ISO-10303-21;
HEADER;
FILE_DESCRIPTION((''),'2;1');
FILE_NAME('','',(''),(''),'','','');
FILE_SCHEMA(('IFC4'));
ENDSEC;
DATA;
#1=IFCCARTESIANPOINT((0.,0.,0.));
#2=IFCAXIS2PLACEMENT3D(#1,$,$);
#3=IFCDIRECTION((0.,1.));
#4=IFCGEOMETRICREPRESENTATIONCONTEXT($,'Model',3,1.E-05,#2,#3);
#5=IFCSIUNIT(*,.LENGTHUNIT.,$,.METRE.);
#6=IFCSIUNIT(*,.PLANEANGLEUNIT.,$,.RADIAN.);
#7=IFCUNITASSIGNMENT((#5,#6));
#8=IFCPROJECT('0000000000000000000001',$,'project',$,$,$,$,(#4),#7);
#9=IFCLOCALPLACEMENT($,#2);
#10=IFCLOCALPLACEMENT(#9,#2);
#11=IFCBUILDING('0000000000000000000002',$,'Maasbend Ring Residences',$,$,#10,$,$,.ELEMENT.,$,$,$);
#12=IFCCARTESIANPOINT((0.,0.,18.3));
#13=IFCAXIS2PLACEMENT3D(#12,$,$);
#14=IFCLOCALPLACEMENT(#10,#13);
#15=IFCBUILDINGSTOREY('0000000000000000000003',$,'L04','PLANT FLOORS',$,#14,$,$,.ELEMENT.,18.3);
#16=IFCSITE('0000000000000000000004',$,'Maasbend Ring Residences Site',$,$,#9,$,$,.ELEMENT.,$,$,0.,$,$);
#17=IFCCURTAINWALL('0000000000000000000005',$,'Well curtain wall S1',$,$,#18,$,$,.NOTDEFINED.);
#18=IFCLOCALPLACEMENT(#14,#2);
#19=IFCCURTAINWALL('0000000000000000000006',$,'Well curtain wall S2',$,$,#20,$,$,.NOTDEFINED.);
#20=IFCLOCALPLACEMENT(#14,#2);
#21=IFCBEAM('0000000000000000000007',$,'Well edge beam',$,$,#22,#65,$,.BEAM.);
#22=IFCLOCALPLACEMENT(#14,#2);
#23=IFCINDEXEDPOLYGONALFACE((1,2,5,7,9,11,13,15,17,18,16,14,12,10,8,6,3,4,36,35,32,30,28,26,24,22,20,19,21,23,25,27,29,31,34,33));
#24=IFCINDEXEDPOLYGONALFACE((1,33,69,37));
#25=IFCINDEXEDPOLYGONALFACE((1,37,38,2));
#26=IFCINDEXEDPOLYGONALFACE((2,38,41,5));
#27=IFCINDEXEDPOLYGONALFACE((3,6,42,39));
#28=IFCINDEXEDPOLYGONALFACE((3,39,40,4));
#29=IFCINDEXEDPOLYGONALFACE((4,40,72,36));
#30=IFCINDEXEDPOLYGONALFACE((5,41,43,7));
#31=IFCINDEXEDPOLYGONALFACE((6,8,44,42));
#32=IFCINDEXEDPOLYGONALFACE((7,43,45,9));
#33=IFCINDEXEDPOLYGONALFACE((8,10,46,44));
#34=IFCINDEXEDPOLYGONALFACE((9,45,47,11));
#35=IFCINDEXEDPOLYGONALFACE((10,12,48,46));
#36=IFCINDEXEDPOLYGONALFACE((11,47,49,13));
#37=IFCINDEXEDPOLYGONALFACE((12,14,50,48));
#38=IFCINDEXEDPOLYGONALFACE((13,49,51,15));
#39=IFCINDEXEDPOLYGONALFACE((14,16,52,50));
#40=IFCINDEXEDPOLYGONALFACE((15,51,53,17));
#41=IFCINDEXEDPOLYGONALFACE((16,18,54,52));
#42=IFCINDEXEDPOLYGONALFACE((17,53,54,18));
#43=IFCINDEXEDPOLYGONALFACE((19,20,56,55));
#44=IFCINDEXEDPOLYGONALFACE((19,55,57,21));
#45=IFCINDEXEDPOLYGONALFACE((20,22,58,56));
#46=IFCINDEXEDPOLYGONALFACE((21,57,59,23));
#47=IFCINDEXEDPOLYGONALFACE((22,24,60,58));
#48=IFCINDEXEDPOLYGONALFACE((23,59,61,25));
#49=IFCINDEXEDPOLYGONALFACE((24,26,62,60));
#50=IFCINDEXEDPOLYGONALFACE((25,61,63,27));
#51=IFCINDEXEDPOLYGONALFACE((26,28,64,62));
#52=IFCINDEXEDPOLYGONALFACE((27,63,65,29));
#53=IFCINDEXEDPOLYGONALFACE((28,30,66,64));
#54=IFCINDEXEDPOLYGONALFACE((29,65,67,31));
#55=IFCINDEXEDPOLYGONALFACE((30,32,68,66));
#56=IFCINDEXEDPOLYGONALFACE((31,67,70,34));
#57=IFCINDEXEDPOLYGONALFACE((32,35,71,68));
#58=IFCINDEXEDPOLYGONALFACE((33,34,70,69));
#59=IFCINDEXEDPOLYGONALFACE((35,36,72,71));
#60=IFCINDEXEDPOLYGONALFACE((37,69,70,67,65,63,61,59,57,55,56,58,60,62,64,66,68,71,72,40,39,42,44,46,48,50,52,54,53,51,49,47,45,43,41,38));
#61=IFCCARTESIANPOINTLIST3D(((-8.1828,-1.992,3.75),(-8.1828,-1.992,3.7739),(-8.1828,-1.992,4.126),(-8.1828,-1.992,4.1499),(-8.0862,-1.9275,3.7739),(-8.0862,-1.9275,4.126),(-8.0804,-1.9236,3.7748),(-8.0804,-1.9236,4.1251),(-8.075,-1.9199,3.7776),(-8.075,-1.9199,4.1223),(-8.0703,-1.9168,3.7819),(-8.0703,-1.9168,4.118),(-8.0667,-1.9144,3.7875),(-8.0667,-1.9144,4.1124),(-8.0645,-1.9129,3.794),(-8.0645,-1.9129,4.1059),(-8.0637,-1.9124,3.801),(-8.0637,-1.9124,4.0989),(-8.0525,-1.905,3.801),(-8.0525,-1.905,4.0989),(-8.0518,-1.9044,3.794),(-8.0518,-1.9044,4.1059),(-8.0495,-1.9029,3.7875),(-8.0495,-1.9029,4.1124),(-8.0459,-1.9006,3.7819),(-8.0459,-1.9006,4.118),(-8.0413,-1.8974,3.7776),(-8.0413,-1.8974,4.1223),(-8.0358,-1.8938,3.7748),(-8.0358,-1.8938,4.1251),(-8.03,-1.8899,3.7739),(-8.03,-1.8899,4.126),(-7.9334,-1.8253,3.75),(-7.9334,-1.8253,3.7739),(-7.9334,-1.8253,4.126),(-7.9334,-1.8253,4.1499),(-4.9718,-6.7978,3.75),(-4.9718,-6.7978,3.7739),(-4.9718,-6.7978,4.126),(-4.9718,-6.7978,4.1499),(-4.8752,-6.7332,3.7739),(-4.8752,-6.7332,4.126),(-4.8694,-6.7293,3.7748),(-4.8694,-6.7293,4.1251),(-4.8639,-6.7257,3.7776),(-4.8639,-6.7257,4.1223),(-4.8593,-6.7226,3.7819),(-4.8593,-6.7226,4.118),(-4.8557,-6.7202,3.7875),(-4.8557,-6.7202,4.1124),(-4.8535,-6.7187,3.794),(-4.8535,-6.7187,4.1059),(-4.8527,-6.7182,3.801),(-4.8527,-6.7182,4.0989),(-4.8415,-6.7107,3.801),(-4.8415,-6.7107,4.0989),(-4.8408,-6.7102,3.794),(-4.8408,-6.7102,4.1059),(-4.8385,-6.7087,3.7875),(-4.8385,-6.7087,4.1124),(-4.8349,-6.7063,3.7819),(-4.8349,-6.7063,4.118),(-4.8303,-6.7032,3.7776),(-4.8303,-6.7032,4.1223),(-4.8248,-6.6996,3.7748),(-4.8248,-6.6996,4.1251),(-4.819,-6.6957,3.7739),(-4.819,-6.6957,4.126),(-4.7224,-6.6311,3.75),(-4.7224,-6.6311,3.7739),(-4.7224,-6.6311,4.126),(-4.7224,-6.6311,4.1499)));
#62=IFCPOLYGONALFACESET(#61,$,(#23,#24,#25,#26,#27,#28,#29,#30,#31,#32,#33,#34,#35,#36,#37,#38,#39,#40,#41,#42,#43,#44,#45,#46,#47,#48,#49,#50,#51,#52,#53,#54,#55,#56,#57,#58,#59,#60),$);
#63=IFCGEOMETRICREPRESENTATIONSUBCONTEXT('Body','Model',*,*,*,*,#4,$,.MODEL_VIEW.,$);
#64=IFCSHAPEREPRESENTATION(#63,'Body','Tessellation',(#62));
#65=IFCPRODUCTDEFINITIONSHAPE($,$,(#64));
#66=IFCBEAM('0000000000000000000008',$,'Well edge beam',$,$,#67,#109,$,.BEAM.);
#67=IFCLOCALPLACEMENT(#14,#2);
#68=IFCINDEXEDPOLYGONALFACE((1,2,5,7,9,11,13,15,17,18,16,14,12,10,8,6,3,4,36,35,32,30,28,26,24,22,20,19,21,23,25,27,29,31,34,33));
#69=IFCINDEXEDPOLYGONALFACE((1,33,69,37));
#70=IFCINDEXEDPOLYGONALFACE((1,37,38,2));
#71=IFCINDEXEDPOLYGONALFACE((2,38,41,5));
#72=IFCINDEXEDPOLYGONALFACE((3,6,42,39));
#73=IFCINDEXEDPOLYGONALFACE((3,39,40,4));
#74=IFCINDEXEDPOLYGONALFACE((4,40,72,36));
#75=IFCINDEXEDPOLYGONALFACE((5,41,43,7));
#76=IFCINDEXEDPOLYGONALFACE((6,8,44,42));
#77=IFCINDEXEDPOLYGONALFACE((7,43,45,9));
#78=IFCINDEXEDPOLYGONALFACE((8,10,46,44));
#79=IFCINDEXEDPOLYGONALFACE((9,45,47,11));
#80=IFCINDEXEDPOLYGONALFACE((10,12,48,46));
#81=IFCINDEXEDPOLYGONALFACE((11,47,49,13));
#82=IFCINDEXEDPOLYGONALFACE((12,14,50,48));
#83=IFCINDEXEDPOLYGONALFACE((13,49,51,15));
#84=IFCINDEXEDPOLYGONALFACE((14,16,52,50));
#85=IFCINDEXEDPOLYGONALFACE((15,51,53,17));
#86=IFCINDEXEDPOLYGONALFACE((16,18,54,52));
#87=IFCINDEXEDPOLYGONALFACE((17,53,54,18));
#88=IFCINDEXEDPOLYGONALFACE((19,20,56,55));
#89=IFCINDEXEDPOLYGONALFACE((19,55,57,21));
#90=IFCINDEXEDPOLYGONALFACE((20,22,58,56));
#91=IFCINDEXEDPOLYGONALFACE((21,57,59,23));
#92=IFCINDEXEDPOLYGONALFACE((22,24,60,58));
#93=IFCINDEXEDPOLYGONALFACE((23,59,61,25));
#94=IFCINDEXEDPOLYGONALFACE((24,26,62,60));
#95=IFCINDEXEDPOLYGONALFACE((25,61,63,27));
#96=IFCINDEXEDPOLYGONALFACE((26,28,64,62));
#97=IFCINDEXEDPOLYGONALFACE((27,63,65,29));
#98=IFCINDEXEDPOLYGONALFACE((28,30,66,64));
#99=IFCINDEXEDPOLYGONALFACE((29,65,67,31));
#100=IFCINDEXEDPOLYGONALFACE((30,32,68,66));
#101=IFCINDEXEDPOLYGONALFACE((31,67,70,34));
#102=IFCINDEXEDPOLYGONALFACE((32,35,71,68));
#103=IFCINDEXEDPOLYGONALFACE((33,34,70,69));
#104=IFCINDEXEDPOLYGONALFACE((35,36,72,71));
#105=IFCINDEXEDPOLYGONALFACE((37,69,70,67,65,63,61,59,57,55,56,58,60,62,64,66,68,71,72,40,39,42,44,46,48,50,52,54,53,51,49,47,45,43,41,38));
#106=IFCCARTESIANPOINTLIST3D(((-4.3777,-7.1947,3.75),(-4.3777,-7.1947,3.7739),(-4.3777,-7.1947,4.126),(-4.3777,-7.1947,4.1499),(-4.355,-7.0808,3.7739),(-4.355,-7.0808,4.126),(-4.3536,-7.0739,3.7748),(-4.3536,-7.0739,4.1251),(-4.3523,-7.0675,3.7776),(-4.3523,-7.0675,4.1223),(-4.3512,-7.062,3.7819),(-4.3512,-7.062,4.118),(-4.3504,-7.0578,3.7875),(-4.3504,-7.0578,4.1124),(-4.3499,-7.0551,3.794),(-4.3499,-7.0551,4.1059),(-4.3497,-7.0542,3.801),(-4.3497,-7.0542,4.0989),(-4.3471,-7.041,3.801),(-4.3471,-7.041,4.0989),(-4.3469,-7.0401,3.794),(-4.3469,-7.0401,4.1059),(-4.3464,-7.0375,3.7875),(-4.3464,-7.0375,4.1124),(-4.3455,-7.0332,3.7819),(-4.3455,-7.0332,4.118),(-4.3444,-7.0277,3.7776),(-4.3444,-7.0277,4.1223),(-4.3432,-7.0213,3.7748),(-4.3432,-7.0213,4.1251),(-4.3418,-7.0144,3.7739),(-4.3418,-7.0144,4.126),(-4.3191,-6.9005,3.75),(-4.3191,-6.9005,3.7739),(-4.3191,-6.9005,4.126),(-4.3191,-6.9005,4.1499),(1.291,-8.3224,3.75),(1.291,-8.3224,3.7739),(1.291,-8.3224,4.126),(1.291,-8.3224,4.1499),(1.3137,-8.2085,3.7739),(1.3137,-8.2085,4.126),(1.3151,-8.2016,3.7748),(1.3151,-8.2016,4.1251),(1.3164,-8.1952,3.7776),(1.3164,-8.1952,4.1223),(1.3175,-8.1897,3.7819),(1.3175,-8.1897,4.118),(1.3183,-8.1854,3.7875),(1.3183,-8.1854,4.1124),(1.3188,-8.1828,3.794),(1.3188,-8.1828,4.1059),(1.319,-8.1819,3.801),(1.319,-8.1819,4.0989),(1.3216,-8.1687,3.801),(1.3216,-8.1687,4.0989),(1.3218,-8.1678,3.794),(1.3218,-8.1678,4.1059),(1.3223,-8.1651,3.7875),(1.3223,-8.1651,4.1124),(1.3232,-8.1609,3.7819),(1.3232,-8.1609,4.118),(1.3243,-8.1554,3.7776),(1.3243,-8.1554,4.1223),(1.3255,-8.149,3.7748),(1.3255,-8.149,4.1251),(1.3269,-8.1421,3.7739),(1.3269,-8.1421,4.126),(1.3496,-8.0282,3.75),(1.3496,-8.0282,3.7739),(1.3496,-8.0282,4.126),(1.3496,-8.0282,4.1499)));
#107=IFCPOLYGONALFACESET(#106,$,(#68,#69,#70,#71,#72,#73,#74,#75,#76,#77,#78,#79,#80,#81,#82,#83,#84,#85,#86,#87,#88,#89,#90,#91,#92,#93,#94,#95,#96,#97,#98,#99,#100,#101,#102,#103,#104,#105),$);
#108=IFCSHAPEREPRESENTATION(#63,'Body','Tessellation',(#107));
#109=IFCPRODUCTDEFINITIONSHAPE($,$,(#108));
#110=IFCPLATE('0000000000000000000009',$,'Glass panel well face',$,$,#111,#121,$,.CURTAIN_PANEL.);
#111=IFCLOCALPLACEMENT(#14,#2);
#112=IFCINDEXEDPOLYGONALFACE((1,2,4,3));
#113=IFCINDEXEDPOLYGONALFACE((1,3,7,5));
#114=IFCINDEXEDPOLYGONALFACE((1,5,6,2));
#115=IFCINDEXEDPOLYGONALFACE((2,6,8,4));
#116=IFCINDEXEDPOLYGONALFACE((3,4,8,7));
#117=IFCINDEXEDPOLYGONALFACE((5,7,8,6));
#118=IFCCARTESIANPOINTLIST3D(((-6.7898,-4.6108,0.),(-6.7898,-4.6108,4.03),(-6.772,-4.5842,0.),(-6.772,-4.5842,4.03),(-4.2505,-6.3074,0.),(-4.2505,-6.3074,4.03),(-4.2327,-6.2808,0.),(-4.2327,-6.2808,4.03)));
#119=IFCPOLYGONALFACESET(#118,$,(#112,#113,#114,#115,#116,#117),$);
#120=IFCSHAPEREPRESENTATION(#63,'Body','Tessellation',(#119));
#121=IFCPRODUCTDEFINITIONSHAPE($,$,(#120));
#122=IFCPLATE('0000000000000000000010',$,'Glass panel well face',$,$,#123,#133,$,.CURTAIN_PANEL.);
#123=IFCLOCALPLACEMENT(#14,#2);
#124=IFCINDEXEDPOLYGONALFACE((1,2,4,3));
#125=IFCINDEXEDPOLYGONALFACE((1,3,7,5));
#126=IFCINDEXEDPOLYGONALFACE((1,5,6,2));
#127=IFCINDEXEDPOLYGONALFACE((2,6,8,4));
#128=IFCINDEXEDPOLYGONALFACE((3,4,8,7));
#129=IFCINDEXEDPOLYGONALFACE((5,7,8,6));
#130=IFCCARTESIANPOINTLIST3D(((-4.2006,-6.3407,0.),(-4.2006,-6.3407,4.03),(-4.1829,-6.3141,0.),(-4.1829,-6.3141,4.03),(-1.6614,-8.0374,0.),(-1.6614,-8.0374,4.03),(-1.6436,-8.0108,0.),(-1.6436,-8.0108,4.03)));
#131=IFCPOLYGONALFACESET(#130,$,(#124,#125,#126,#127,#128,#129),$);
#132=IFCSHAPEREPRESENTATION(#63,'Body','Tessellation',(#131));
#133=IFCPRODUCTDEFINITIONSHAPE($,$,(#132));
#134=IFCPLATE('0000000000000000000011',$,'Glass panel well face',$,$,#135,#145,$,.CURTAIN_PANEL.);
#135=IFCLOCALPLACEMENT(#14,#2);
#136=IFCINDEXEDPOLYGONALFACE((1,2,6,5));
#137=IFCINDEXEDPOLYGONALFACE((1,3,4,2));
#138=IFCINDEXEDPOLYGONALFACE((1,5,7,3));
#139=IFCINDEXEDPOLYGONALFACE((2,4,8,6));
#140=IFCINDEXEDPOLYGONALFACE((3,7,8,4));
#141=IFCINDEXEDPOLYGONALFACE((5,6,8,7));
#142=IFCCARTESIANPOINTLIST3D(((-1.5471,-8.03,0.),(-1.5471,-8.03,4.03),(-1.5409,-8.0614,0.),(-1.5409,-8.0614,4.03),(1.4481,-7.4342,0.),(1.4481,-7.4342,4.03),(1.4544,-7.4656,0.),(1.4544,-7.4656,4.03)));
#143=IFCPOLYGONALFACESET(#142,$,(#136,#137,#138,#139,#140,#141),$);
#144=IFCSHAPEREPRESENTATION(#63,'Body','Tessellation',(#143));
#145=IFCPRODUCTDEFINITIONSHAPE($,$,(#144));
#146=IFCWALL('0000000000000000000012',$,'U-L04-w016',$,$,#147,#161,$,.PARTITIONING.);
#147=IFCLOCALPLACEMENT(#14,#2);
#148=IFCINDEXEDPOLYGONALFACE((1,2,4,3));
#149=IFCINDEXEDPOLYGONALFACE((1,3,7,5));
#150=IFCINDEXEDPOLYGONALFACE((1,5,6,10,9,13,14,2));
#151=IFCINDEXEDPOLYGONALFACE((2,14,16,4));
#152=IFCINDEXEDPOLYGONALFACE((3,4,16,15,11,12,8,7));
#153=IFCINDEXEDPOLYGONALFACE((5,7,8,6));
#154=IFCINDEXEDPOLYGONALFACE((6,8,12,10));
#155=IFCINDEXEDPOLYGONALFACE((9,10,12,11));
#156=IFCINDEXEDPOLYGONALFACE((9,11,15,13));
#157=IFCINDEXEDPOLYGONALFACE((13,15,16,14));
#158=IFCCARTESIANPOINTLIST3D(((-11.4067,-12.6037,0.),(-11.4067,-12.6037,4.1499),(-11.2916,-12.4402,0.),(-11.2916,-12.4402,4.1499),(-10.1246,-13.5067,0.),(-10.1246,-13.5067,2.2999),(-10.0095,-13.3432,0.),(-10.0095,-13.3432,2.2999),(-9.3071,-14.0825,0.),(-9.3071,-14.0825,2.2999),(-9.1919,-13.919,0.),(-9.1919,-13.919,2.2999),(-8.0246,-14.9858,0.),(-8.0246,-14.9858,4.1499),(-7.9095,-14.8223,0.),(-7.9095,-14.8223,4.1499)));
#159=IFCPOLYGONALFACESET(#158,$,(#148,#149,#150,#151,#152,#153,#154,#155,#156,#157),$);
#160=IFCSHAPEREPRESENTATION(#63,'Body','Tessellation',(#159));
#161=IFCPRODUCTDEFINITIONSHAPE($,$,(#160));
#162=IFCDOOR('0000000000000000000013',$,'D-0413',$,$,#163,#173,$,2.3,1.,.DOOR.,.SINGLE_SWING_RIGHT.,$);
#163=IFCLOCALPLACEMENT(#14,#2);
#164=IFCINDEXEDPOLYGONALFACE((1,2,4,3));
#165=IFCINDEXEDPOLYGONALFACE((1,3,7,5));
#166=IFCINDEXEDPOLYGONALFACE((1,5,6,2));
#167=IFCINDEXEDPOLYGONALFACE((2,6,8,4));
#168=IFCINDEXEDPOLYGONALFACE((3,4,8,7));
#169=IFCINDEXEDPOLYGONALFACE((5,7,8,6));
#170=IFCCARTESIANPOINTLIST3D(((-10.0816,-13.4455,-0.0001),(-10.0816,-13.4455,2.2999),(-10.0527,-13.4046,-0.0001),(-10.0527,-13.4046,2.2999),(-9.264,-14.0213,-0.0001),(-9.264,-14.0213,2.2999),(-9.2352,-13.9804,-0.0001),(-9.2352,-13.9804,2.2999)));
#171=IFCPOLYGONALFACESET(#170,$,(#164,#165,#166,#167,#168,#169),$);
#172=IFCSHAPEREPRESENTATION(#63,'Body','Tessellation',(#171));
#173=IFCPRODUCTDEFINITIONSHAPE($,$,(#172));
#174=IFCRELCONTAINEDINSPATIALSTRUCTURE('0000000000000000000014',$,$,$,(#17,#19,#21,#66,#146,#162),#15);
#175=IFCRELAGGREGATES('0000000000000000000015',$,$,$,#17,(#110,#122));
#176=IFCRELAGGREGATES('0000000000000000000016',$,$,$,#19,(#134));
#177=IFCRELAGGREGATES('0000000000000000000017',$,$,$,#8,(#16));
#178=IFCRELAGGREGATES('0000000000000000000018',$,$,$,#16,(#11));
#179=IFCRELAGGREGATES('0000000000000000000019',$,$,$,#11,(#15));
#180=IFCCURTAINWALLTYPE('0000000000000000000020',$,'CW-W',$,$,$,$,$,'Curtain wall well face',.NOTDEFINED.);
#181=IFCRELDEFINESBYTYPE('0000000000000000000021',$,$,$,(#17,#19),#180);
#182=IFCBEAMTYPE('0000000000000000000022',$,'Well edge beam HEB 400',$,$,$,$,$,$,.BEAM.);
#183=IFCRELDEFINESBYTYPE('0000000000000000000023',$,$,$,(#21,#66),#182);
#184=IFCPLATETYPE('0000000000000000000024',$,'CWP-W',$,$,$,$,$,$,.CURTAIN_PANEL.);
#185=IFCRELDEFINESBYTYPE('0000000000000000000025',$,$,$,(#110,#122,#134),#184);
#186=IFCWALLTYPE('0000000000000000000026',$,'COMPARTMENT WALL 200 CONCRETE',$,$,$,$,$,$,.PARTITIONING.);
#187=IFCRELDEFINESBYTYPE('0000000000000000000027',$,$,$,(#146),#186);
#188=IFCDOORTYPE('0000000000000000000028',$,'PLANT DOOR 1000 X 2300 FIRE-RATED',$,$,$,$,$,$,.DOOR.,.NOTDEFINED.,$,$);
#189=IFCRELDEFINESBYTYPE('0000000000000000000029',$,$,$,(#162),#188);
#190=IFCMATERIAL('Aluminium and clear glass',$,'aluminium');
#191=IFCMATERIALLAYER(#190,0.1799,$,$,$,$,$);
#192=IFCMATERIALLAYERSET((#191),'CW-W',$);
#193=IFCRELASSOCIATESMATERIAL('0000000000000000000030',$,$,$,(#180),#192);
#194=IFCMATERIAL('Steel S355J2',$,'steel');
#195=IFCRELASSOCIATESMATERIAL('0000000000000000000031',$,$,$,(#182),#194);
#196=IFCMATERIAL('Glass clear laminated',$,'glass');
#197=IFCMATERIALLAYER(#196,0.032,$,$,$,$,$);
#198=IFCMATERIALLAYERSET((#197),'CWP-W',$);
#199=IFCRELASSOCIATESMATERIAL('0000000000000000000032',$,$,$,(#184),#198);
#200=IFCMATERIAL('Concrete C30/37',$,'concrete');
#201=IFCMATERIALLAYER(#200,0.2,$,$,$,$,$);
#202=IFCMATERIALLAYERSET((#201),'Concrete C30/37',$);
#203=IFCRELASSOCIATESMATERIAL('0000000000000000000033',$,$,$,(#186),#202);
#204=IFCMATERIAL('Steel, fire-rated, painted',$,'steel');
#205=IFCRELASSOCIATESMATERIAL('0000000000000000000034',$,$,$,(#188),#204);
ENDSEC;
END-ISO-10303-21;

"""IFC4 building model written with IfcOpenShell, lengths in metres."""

from ifc_helpers import new_model, si_unit, direction, frame, frame_2d, origin, origin_2d, place, context, subcontext, project, spatial, rectangle, i_section, extrude, material, layer, layer_set, material_profile, profile_set, type_object, element, fill, aggregate, save


model = new_model("IFC4")

# Units and contexts
model_context = context("Model", 3, precision=1e-05, world=origin(), true_north=direction((0.0, 1.0)))
body_context = subcontext(model_context, "Body", "Model", "MODEL_VIEW")
ifc_project = project(units=[si_unit("LENGTHUNIT", "METRE"), si_unit("PLANEANGLEUNIT", "RADIAN")], contexts=[model_context])

# Site, building, storey
site_placement = place(None, origin())
site = spatial("IfcSite", under=ifc_project, at=site_placement, Name="Maasbend Ring Residences Site", CompositionType="ELEMENT", RefElevation=0.0)
building_placement = place(site_placement, origin())
building = spatial("IfcBuilding", under=site, at=building_placement, Name="Maasbend Ring Residences", CompositionType="ELEMENT")
storey_placement = place(building_placement, frame((0.0, 0.0, 18.3)))
storey = spatial("IfcBuildingStorey", under=building, at=storey_placement, Name="L04", Description="PLANT FLOORS", CompositionType="ELEMENT", Elevation=18.3)

# Curtain wall
ifc_material_1 = material(Name="Aluminium and clear glass", Category="aluminium")
ifc_layer_1 = layer(ifc_material_1, 0.1799)
ifc_layer_set_1 = layer_set([ifc_layer_1], Name="CW-W")
curtain_wall_type = type_object("IfcCurtainWallType", Name="CW-W", ElementType="Curtain wall well face", PredefinedType="NOTDEFINED", material=ifc_layer_set_1)
curtain_wall_1_placement = place(storey_placement, origin())
curtain_wall_1 = element("IfcCurtainWall", 1, at=curtain_wall_1_placement, inside=storey, type_object=curtain_wall_type, Name="Well curtain wall S1", PredefinedType="NOTDEFINED")

# Curtain wall
curtain_wall_2_placement = place(storey_placement, origin())
curtain_wall_2 = element("IfcCurtainWall", 2, at=curtain_wall_2_placement, inside=storey, type_object=curtain_wall_type, Name="Well curtain wall S2", PredefinedType="NOTDEFINED")

# Beams
ifc_material_2 = material(Name="Steel S355J2", Category="steel")
ifc_material_profile_1 = material_profile(ifc_material_2, i_section(OverallWidth=0.3, OverallDepth=0.3999, WebThickness=0.0134, FlangeThickness=0.0239, FilletRadius=0.0271, at=origin_2d()), Name="HEB 400")
ifc_profile_set_1 = profile_set([ifc_material_profile_1], Name="Steel S355J2")
beam_type = type_object("IfcBeamType", Name="Well edge beam HEB 400", PredefinedType="BEAM", material=ifc_profile_set_1)
for number, where, z_axis, x_axis, name in (
    (3, (-8.0581, -1.9087, 3.95), (0.555558, -0.831478, 0.0), (0.831478, 0.555558, 0.0), "Well edge beam"),
    (4, (-4.3484, -7.0476, 3.95), (0.980782, -0.195109, 0.0), (0.195109, 0.980782, 0.0), "Well edge beam"),
):
    element("IfcBeam", number, at=place(storey_placement, frame(where, z_axis=z_axis, x_axis=x_axis)), inside=storey, type_object=beam_type, Name=name, PredefinedType="BEAM", context=body_context, shape_type="SweptSolid", body=[
        extrude(i_section(OverallWidth=0.3, OverallDepth=0.3999, WebThickness=0.0134, FlangeThickness=0.0239, FilletRadius=0.0271, at=origin_2d()), origin(), (0.0, 0.0, 1.0), 5.7798),
    ])

# Plates
ifc_material_3 = material(Name="Glass clear laminated", Category="glass")
ifc_layer_2 = layer(ifc_material_3, 0.032)
ifc_layer_set_2 = layer_set([ifc_layer_2], Name="CWP-W")
plate_type = type_object("IfcPlateType", Name="CWP-W", PredefinedType="CURTAIN_PANEL", material=ifc_layer_set_2)
plate_1_placement = place(storey_placement, frame((-5.5112, -5.4458, 0.0), z_axis=(0.0, 0.0, 1.0), x_axis=(0.83147, -0.55557, 0.0)))
plate_1 = element("IfcPlate", 5, at=plate_1_placement, type_object=plate_type, Name="Glass panel well face", PredefinedType="CURTAIN_PANEL", context=body_context, shape_type="SweptSolid", body=[
    extrude(rectangle(XDim=3.054, YDim=0.032, at=origin_2d()), origin(), (0.0, 0.0, 1.0), 4.03),
])
plate_2_placement = place(storey_placement, frame((-2.9221, -7.1758, 0.0), z_axis=(0.0, 0.0, 1.0), x_axis=(0.83147, -0.55557, 0.0)))
plate_2 = element("IfcPlate", 6, at=plate_2_placement, type_object=plate_type, Name="Glass panel well face", PredefinedType="CURTAIN_PANEL", context=body_context, shape_type="SweptSolid", body=[
    extrude(rectangle(XDim=3.054, YDim=0.032, at=origin_2d()), origin(), (0.0, 0.0, 1.0), 4.03),
])
aggregate(curtain_wall_1, [plate_1, plate_2])
plate_3_placement = place(storey_placement, frame((-0.0464, -7.7478, 0.0), z_axis=(0.0, 0.0, 1.0), x_axis=(0.980785, 0.19509, 0.0)))
plate_3 = element("IfcPlate", 7, at=plate_3_placement, type_object=plate_type, Name="Glass panel well face", PredefinedType="CURTAIN_PANEL", context=body_context, shape_type="SweptSolid", body=[
    extrude(rectangle(XDim=3.054, YDim=0.032, at=origin_2d()), origin(), (0.0, 0.0, 1.0), 4.03),
])
aggregate(curtain_wall_2, [plate_3])

# Wall, opening, door
ifc_material_4 = material(Name="Concrete C30/37", Category="concrete")
ifc_layer_3 = layer(ifc_material_4, 0.2)
ifc_layer_set_3 = layer_set([ifc_layer_3], Name="Concrete C30/37")
wall_type_1 = type_object("IfcWallType", Name="COMPARTMENT WALL 200 CONCRETE", PredefinedType="PARTITIONING", material=ifc_layer_set_3)
wall_1_placement = place(storey_placement, frame((-11.3491, -12.522, 0.0), z_axis=(0.0, 0.0, 1.0), x_axis=(0.817568, -0.575833, 0.0)))
wall_1 = element("IfcWall", 8, at=wall_1_placement, inside=storey, type_object=wall_type_1, Name="U-L04-w016", PredefinedType="PARTITIONING", context=body_context, shape_type="SweptSolid", body=[
    extrude(rectangle(XDim=4.1367, YDim=0.2, at=frame_2d((2.0684, 0.0))), origin(), (0.0, 0.0, 1.0), 4.1499),
])
opening_1_placement = place(wall_1_placement, frame((1.5681, 0.0, 0.0)))
opening_1 = element("IfcOpeningElement", 9, at=opening_1_placement, cuts=wall_1, PredefinedType="OPENING", context=body_context, shape_type="SweptSolid", body=[
    extrude(rectangle(XDim=1.0, YDim=2.3, at=frame_2d((0.5, 1.1499))), frame((0.0, 0.1099, 0.0), z_axis=(0.0, -1.0, 0.0), x_axis=(1.0, 0.0, 0.0)), (0.0, 0.0, 1.0), 0.22),
])
ifc_material_5 = material(Name="Steel, fire-rated, painted", Category="steel")
door_type_1 = type_object("IfcDoorType", Name="PLANT DOOR 1000 X 2300 FIRE-RATED", OperationType="NOTDEFINED", PredefinedType="DOOR", material=ifc_material_5)
door_1_placement = place(opening_1_placement, origin())
door_1 = element("IfcDoor", 10, at=door_1_placement, inside=storey, type_object=door_type_1, Name="D-0413", OperationType="SINGLE_SWING_RIGHT", OverallHeight=2.3, OverallWidth=1.0, PredefinedType="DOOR", context=body_context, shape_type="SweptSolid", body=[
    extrude(rectangle(XDim=1.0, YDim=2.3, at=frame_2d((0.5, 1.1499))), frame((0.0, 0.0249, 0.0), z_axis=(0.0, -1.0, 0.0), x_axis=(1.0, 0.0, 0.0)), (0.0, 0.0, 1.0), 0.05),
])
fill(opening_1, door_1)

save(model, "model.ifc")
